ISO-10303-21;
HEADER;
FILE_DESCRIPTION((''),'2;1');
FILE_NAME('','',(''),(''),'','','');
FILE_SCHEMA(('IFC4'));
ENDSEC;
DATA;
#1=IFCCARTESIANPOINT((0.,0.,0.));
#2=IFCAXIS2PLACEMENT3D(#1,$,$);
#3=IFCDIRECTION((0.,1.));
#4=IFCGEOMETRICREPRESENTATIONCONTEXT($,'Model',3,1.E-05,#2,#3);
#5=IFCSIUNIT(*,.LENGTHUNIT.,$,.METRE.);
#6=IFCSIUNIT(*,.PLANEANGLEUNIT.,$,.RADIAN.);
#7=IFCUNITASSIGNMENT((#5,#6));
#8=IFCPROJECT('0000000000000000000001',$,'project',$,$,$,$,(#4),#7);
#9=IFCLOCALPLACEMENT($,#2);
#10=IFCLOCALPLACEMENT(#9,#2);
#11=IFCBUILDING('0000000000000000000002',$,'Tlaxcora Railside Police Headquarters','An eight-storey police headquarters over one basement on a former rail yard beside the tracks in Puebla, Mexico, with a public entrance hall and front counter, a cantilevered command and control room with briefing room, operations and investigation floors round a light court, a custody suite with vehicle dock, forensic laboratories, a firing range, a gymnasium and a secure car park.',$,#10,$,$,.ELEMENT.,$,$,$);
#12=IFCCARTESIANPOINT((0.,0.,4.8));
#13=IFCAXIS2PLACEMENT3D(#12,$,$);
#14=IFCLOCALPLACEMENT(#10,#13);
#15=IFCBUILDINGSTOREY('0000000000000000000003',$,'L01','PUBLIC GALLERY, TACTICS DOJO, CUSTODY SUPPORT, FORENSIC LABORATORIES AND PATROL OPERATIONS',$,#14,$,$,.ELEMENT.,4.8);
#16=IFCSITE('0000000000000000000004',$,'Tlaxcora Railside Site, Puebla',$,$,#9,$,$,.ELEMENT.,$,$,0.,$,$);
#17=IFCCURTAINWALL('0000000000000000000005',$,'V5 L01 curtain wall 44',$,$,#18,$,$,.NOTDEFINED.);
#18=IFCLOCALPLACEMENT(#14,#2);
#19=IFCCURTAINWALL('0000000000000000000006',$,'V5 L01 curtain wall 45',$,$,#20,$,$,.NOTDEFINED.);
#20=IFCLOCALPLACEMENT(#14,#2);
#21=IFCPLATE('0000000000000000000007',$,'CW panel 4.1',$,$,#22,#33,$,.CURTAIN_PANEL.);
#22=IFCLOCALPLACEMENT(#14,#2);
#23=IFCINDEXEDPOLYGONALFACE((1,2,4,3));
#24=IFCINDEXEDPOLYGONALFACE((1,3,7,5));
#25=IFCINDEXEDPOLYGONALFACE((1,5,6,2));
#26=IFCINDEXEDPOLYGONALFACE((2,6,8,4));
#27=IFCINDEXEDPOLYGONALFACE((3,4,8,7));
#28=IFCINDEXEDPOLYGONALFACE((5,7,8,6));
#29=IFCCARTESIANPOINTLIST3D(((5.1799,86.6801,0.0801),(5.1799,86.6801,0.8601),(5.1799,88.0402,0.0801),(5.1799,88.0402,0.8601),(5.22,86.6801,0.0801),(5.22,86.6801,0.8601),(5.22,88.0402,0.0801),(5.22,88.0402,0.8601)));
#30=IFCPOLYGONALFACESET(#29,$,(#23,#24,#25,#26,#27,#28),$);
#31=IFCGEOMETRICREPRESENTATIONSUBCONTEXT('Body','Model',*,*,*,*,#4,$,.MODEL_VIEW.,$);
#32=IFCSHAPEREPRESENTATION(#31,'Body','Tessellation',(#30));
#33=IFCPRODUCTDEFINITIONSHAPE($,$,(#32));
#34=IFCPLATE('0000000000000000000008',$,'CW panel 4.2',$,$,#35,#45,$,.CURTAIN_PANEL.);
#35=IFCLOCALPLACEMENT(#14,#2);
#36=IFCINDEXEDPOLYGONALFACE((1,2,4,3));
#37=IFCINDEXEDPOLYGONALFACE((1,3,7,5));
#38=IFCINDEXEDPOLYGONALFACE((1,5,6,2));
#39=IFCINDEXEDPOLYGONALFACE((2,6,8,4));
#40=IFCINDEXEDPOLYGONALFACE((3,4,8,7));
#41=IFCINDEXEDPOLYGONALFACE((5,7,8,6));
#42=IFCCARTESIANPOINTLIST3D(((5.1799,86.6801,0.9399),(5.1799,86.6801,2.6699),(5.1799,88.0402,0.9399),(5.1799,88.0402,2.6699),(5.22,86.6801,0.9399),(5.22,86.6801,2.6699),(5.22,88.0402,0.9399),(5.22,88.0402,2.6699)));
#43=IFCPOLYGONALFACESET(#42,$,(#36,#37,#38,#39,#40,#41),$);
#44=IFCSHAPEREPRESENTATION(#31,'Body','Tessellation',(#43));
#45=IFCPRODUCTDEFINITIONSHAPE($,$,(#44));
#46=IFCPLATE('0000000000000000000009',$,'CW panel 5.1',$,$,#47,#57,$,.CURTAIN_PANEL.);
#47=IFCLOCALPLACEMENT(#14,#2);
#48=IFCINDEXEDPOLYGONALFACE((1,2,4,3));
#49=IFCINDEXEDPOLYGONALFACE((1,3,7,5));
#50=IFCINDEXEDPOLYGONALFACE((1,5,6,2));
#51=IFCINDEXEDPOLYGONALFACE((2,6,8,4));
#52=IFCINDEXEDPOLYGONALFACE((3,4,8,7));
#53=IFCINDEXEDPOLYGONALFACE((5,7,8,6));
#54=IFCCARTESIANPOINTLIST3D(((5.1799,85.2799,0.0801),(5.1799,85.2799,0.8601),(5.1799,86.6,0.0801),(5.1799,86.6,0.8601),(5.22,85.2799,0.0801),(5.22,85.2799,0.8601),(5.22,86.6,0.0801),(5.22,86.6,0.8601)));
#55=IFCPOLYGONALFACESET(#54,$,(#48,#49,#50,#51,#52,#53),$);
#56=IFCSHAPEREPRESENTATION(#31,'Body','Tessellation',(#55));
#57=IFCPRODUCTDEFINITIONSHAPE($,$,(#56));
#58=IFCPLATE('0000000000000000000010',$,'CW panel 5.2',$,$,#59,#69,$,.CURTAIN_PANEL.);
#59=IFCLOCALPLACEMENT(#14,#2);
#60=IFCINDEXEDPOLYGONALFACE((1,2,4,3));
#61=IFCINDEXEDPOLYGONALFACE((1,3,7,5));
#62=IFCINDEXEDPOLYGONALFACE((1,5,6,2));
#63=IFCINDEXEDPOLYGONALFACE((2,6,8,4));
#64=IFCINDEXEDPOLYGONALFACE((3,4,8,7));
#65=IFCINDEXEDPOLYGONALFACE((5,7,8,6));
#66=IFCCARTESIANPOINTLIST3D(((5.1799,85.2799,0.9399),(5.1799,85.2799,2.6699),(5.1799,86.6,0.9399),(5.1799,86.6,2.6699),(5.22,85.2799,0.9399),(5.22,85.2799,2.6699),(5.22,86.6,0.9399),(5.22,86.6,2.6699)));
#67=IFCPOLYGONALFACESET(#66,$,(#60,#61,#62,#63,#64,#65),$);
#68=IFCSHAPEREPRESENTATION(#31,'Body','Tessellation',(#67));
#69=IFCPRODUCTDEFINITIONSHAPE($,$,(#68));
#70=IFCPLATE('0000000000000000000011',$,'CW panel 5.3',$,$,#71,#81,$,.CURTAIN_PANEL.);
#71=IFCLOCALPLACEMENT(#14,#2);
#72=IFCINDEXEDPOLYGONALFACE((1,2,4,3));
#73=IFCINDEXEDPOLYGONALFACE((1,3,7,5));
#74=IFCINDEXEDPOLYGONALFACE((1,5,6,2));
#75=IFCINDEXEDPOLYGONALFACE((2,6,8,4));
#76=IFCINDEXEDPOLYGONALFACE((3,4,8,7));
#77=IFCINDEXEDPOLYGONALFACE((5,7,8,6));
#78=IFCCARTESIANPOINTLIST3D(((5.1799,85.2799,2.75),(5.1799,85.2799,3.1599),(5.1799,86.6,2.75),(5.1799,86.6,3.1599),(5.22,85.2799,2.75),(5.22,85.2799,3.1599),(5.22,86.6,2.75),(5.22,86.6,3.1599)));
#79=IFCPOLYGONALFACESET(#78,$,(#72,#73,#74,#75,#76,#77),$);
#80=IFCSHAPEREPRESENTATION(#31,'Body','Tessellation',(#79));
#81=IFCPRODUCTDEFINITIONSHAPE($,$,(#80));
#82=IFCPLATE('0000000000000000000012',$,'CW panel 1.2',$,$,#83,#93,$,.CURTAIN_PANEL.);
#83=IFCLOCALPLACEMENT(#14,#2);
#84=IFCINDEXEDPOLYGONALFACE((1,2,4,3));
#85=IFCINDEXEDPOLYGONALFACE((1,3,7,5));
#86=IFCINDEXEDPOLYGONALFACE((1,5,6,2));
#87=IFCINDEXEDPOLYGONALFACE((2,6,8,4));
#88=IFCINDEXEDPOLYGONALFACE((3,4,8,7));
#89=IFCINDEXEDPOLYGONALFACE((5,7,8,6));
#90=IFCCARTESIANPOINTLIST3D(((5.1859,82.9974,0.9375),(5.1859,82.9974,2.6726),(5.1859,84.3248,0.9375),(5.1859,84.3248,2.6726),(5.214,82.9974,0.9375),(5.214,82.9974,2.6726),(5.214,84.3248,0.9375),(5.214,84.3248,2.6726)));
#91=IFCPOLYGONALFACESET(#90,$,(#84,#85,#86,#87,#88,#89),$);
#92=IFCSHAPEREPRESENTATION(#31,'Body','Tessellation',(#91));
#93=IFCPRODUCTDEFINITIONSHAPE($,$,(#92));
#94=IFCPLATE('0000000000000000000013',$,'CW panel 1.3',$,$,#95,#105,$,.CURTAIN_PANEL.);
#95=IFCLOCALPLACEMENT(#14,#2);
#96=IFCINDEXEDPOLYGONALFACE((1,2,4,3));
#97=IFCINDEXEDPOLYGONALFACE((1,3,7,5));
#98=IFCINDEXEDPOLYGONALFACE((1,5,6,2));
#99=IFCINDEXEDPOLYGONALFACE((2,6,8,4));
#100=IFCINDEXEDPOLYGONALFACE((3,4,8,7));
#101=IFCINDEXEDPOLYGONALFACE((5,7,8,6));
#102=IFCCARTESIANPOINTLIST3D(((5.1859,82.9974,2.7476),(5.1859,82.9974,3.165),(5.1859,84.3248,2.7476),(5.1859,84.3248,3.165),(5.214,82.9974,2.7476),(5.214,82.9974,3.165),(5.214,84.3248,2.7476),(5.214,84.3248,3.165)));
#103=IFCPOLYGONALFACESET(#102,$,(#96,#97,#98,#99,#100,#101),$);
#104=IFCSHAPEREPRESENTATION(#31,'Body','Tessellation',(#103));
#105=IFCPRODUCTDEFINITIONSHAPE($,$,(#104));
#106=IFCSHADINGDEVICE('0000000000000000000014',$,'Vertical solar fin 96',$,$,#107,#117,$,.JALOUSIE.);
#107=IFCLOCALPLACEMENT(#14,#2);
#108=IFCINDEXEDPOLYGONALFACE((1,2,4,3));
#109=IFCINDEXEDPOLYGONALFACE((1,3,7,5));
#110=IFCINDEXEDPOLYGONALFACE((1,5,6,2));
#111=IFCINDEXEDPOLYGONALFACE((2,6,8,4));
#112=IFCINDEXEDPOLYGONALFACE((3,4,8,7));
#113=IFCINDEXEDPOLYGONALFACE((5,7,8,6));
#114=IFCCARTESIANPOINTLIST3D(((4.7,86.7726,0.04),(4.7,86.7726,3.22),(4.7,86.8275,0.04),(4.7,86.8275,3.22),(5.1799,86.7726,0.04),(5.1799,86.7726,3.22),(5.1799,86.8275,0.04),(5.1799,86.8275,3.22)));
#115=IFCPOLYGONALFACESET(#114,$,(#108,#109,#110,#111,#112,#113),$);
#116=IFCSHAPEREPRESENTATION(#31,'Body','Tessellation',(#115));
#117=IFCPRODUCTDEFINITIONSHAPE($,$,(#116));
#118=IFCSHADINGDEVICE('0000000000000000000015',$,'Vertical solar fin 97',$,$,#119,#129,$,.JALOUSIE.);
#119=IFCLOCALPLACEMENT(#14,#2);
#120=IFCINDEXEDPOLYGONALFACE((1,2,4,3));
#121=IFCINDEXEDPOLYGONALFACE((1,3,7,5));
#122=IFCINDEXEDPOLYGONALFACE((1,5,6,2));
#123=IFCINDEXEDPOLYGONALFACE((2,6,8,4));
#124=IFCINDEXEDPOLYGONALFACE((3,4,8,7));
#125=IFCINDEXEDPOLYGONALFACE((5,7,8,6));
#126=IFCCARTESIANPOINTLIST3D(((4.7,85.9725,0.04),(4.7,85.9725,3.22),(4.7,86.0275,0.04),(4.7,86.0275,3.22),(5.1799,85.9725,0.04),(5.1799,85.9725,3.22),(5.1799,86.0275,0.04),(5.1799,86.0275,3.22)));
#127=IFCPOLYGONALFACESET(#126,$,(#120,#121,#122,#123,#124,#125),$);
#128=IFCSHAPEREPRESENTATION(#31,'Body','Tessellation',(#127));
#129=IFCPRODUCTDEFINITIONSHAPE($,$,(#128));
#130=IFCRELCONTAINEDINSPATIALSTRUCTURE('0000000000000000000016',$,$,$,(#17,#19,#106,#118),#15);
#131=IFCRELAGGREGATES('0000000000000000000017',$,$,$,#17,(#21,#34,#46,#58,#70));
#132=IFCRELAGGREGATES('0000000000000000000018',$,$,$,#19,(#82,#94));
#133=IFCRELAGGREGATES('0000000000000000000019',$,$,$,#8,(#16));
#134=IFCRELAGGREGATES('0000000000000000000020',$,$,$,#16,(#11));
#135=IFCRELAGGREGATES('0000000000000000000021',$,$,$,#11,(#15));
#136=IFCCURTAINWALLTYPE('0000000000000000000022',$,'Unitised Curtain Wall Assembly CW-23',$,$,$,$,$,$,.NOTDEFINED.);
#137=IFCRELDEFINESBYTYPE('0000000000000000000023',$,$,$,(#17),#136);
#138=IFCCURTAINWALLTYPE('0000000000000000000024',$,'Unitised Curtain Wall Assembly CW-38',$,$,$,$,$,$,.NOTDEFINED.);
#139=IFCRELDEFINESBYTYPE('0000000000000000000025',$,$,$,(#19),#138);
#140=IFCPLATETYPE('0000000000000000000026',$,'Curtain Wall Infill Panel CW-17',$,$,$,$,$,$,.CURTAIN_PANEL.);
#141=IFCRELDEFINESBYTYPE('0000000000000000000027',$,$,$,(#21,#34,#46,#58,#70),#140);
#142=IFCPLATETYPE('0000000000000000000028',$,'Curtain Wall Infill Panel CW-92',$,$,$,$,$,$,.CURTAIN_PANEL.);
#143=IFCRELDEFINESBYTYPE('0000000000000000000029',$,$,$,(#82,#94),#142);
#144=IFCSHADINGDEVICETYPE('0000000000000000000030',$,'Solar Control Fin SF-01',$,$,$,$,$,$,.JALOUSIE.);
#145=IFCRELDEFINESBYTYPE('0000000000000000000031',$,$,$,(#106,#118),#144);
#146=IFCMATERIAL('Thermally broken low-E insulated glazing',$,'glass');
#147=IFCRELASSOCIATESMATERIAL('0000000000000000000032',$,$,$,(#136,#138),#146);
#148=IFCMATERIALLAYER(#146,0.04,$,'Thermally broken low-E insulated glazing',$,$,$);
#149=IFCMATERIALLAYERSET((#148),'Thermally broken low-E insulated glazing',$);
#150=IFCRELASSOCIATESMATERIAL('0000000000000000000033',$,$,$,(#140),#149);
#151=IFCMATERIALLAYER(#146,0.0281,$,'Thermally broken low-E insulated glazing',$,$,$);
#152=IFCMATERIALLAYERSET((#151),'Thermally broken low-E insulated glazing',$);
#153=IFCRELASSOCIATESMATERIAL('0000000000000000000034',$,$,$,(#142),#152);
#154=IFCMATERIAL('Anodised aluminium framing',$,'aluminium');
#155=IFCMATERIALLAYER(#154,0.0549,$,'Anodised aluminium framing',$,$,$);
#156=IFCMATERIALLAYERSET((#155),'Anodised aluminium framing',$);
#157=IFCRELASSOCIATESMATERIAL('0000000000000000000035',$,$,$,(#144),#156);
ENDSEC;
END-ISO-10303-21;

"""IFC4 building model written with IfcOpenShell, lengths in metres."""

from ifc_helpers import new_model, si_unit, direction, frame, origin, origin_2d, place, context, subcontext, project, spatial, rectangle, extrude, material, layer, layer_set, type_object, element, aggregate, save


model = new_model("IFC4")

# Units and contexts
model_context = context("Model", 3, precision=1e-05, world=origin(), true_north=direction((0.0, 1.0)))
body_context = subcontext(model_context, "Body", "Model", "MODEL_VIEW")
ifc_project = project(units=[si_unit("LENGTHUNIT", "METRE"), si_unit("PLANEANGLEUNIT", "RADIAN")], contexts=[model_context])

# Site, building, storey
site_placement = place(None, origin())
site = spatial("IfcSite", under=ifc_project, at=site_placement, Name="Tlaxcora Railside Site, Puebla", CompositionType="ELEMENT", RefElevation=0.0)
building_placement = place(site_placement, origin())
building = spatial("IfcBuilding", under=site, at=building_placement, Name="Tlaxcora Railside Police Headquarters", Description="An eight-storey police headquarters over one basement on a former rail yard beside the tracks in Puebla, Mexico, with a public entrance hall and front counter, a cantilevered command and control room with briefing room, operations and investigation floors round a light court, a custody suite with vehicle dock, forensic laboratories, a firing range, a gymnasium and a secure car park.", CompositionType="ELEMENT")
storey_placement = place(building_placement, frame((0.0, 0.0, 4.8)))
storey = spatial("IfcBuildingStorey", under=building, at=storey_placement, Name="L01", Description="PUBLIC GALLERY, TACTICS DOJO, CUSTODY SUPPORT, FORENSIC LABORATORIES AND PATROL OPERATIONS", CompositionType="ELEMENT", Elevation=4.8)

# Curtain walls
ifc_material_1 = material(Name="Thermally broken low-E insulated glazing", Category="glass")
curtain_wall_type_1 = type_object("IfcCurtainWallType", Name="Unitised Curtain Wall Assembly CW-23", PredefinedType="NOTDEFINED", material=ifc_material_1)
curtain_wall_1_placement = place(storey_placement, origin())
curtain_wall_1 = element("IfcCurtainWall", 1, at=curtain_wall_1_placement, inside=storey, type_object=curtain_wall_type_1, Name="V5 L01 curtain wall 44", PredefinedType="NOTDEFINED")
ifc_material_2 = material(Name="Anodised aluminium framing", Category="aluminium")
curtain_wall_type_2 = type_object("IfcCurtainWallType", Name="Unitised Curtain Wall Assembly CW-38", PredefinedType="NOTDEFINED", material=ifc_material_1)
curtain_wall_2_placement = place(storey_placement, origin())
curtain_wall_2 = element("IfcCurtainWall", 2, at=curtain_wall_2_placement, inside=storey, type_object=curtain_wall_type_2, Name="V5 L01 curtain wall 45", PredefinedType="NOTDEFINED")

# Plates
ifc_layer_1 = layer(ifc_material_1, 0.04, Name="Thermally broken low-E insulated glazing")
ifc_layer_set_1 = layer_set([ifc_layer_1], Name="Thermally broken low-E insulated glazing")
plate_type_1 = type_object("IfcPlateType", Name="Curtain Wall Infill Panel CW-17", PredefinedType="CURTAIN_PANEL", material=ifc_layer_set_1)
plate_1_placement = place(storey_placement, frame((5.2, 87.3601, 0.0801), z_axis=(0.0, 0.0, 1.0), x_axis=(0.0, -1.0, 0.0)))
plate_1 = element("IfcPlate", 3, at=plate_1_placement, type_object=plate_type_1, Name="CW panel 4.1", PredefinedType="CURTAIN_PANEL", context=body_context, shape_type="SweptSolid", body=[
    extrude(rectangle(XDim=1.3601, YDim=0.04, at=origin_2d()), origin(), (0.0, 0.0, 1.0), 0.78),
])
plate_2_placement = place(storey_placement, frame((5.2, 87.3601, 0.9399), z_axis=(0.0, 0.0, 1.0), x_axis=(0.0, -1.0, 0.0)))
plate_2 = element("IfcPlate", 4, at=plate_2_placement, type_object=plate_type_1, Name="CW panel 4.2", PredefinedType="CURTAIN_PANEL", context=body_context, shape_type="SweptSolid", body=[
    extrude(rectangle(XDim=1.3601, YDim=0.04, at=origin_2d()), origin(), (0.0, 0.0, 1.0), 1.73),
])
plate_3_placement = place(storey_placement, frame((5.2, 85.9399, 0.0801), z_axis=(0.0, 0.0, 1.0), x_axis=(0.0, -1.0, 0.0)))
plate_3 = element("IfcPlate", 5, at=plate_3_placement, type_object=plate_type_1, Name="CW panel 5.1", PredefinedType="CURTAIN_PANEL", context=body_context, shape_type="SweptSolid", body=[
    extrude(rectangle(XDim=1.3201, YDim=0.04, at=origin_2d()), origin(), (0.0, 0.0, 1.0), 0.78),
])
plate_4_placement = place(storey_placement, frame((5.2, 85.9399, 0.9399), z_axis=(0.0, 0.0, 1.0), x_axis=(0.0, -1.0, 0.0)))
plate_4 = element("IfcPlate", 6, at=plate_4_placement, type_object=plate_type_1, Name="CW panel 5.2", PredefinedType="CURTAIN_PANEL", context=body_context, shape_type="SweptSolid", body=[
    extrude(rectangle(XDim=1.3201, YDim=0.04, at=origin_2d()), origin(), (0.0, 0.0, 1.0), 1.73),
])
plate_5_placement = place(storey_placement, frame((5.2, 85.9399, 2.75), z_axis=(0.0, 0.0, 1.0), x_axis=(0.0, -1.0, 0.0)))
plate_5 = element("IfcPlate", 7, at=plate_5_placement, type_object=plate_type_1, Name="CW panel 5.3", PredefinedType="CURTAIN_PANEL", context=body_context, shape_type="SweptSolid", body=[
    extrude(rectangle(XDim=1.3201, YDim=0.04, at=origin_2d()), origin(), (0.0, 0.0, 1.0), 0.4099),
])
aggregate(curtain_wall_1, [plate_1, plate_2, plate_3, plate_4, plate_5])
ifc_layer_2 = layer(ifc_material_1, 0.0281, Name="Thermally broken low-E insulated glazing")
ifc_layer_set_2 = layer_set([ifc_layer_2], Name="Thermally broken low-E insulated glazing")
plate_type_2 = type_object("IfcPlateType", Name="Curtain Wall Infill Panel CW-92", PredefinedType="CURTAIN_PANEL", material=ifc_layer_set_2)
plate_6_placement = place(storey_placement, frame((5.2, 83.6611, 0.9375), z_axis=(0.0, 0.0, 1.0), x_axis=(0.0, -1.0, 0.0)))
plate_6 = element("IfcPlate", 8, at=plate_6_placement, type_object=plate_type_2, Name="CW panel 1.2", PredefinedType="CURTAIN_PANEL", context=body_context, shape_type="SweptSolid", body=[
    extrude(rectangle(XDim=1.3274, YDim=0.0281, at=origin_2d()), origin(), (0.0, 0.0, 1.0), 1.7351),
])
plate_7_placement = place(storey_placement, frame((5.2, 83.6611, 2.7476), z_axis=(0.0, 0.0, 1.0), x_axis=(0.0, -1.0, 0.0)))
plate_7 = element("IfcPlate", 9, at=plate_7_placement, type_object=plate_type_2, Name="CW panel 1.3", PredefinedType="CURTAIN_PANEL", context=body_context, shape_type="SweptSolid", body=[
    extrude(rectangle(XDim=1.3274, YDim=0.0281, at=origin_2d()), origin(), (0.0, 0.0, 1.0), 0.4175),
])
aggregate(curtain_wall_2, [plate_6, plate_7])

# Shading devices
ifc_layer_3 = layer(ifc_material_2, 0.0549, Name="Anodised aluminium framing")
ifc_layer_set_3 = layer_set([ifc_layer_3], Name="Anodised aluminium framing")
shading_device_type = type_object("IfcShadingDeviceType", Name="Solar Control Fin SF-01", PredefinedType="JALOUSIE", material=ifc_layer_set_3)
for number, where, z_axis, x_axis, name in (
    (10, (4.9399, 86.8, 0.04), (0.0, 0.0, 1.0), (-1.0, 0.0, 0.0), "Vertical solar fin 96"),
    (11, (4.9399, 86.0, 0.04), (0.0, 0.0, 1.0), (-1.0, 0.0, 0.0), "Vertical solar fin 97"),
):
    element("IfcShadingDevice", number, at=place(storey_placement, frame(where, z_axis=z_axis, x_axis=x_axis)), inside=storey, type_object=shading_device_type, Name=name, PredefinedType="JALOUSIE", context=body_context, shape_type="SweptSolid", body=[
        extrude(rectangle(XDim=0.48, YDim=0.0549, at=origin_2d()), origin(), (0.0, 0.0, 1.0), 3.1799),
    ])

save(model, "model.ifc")
